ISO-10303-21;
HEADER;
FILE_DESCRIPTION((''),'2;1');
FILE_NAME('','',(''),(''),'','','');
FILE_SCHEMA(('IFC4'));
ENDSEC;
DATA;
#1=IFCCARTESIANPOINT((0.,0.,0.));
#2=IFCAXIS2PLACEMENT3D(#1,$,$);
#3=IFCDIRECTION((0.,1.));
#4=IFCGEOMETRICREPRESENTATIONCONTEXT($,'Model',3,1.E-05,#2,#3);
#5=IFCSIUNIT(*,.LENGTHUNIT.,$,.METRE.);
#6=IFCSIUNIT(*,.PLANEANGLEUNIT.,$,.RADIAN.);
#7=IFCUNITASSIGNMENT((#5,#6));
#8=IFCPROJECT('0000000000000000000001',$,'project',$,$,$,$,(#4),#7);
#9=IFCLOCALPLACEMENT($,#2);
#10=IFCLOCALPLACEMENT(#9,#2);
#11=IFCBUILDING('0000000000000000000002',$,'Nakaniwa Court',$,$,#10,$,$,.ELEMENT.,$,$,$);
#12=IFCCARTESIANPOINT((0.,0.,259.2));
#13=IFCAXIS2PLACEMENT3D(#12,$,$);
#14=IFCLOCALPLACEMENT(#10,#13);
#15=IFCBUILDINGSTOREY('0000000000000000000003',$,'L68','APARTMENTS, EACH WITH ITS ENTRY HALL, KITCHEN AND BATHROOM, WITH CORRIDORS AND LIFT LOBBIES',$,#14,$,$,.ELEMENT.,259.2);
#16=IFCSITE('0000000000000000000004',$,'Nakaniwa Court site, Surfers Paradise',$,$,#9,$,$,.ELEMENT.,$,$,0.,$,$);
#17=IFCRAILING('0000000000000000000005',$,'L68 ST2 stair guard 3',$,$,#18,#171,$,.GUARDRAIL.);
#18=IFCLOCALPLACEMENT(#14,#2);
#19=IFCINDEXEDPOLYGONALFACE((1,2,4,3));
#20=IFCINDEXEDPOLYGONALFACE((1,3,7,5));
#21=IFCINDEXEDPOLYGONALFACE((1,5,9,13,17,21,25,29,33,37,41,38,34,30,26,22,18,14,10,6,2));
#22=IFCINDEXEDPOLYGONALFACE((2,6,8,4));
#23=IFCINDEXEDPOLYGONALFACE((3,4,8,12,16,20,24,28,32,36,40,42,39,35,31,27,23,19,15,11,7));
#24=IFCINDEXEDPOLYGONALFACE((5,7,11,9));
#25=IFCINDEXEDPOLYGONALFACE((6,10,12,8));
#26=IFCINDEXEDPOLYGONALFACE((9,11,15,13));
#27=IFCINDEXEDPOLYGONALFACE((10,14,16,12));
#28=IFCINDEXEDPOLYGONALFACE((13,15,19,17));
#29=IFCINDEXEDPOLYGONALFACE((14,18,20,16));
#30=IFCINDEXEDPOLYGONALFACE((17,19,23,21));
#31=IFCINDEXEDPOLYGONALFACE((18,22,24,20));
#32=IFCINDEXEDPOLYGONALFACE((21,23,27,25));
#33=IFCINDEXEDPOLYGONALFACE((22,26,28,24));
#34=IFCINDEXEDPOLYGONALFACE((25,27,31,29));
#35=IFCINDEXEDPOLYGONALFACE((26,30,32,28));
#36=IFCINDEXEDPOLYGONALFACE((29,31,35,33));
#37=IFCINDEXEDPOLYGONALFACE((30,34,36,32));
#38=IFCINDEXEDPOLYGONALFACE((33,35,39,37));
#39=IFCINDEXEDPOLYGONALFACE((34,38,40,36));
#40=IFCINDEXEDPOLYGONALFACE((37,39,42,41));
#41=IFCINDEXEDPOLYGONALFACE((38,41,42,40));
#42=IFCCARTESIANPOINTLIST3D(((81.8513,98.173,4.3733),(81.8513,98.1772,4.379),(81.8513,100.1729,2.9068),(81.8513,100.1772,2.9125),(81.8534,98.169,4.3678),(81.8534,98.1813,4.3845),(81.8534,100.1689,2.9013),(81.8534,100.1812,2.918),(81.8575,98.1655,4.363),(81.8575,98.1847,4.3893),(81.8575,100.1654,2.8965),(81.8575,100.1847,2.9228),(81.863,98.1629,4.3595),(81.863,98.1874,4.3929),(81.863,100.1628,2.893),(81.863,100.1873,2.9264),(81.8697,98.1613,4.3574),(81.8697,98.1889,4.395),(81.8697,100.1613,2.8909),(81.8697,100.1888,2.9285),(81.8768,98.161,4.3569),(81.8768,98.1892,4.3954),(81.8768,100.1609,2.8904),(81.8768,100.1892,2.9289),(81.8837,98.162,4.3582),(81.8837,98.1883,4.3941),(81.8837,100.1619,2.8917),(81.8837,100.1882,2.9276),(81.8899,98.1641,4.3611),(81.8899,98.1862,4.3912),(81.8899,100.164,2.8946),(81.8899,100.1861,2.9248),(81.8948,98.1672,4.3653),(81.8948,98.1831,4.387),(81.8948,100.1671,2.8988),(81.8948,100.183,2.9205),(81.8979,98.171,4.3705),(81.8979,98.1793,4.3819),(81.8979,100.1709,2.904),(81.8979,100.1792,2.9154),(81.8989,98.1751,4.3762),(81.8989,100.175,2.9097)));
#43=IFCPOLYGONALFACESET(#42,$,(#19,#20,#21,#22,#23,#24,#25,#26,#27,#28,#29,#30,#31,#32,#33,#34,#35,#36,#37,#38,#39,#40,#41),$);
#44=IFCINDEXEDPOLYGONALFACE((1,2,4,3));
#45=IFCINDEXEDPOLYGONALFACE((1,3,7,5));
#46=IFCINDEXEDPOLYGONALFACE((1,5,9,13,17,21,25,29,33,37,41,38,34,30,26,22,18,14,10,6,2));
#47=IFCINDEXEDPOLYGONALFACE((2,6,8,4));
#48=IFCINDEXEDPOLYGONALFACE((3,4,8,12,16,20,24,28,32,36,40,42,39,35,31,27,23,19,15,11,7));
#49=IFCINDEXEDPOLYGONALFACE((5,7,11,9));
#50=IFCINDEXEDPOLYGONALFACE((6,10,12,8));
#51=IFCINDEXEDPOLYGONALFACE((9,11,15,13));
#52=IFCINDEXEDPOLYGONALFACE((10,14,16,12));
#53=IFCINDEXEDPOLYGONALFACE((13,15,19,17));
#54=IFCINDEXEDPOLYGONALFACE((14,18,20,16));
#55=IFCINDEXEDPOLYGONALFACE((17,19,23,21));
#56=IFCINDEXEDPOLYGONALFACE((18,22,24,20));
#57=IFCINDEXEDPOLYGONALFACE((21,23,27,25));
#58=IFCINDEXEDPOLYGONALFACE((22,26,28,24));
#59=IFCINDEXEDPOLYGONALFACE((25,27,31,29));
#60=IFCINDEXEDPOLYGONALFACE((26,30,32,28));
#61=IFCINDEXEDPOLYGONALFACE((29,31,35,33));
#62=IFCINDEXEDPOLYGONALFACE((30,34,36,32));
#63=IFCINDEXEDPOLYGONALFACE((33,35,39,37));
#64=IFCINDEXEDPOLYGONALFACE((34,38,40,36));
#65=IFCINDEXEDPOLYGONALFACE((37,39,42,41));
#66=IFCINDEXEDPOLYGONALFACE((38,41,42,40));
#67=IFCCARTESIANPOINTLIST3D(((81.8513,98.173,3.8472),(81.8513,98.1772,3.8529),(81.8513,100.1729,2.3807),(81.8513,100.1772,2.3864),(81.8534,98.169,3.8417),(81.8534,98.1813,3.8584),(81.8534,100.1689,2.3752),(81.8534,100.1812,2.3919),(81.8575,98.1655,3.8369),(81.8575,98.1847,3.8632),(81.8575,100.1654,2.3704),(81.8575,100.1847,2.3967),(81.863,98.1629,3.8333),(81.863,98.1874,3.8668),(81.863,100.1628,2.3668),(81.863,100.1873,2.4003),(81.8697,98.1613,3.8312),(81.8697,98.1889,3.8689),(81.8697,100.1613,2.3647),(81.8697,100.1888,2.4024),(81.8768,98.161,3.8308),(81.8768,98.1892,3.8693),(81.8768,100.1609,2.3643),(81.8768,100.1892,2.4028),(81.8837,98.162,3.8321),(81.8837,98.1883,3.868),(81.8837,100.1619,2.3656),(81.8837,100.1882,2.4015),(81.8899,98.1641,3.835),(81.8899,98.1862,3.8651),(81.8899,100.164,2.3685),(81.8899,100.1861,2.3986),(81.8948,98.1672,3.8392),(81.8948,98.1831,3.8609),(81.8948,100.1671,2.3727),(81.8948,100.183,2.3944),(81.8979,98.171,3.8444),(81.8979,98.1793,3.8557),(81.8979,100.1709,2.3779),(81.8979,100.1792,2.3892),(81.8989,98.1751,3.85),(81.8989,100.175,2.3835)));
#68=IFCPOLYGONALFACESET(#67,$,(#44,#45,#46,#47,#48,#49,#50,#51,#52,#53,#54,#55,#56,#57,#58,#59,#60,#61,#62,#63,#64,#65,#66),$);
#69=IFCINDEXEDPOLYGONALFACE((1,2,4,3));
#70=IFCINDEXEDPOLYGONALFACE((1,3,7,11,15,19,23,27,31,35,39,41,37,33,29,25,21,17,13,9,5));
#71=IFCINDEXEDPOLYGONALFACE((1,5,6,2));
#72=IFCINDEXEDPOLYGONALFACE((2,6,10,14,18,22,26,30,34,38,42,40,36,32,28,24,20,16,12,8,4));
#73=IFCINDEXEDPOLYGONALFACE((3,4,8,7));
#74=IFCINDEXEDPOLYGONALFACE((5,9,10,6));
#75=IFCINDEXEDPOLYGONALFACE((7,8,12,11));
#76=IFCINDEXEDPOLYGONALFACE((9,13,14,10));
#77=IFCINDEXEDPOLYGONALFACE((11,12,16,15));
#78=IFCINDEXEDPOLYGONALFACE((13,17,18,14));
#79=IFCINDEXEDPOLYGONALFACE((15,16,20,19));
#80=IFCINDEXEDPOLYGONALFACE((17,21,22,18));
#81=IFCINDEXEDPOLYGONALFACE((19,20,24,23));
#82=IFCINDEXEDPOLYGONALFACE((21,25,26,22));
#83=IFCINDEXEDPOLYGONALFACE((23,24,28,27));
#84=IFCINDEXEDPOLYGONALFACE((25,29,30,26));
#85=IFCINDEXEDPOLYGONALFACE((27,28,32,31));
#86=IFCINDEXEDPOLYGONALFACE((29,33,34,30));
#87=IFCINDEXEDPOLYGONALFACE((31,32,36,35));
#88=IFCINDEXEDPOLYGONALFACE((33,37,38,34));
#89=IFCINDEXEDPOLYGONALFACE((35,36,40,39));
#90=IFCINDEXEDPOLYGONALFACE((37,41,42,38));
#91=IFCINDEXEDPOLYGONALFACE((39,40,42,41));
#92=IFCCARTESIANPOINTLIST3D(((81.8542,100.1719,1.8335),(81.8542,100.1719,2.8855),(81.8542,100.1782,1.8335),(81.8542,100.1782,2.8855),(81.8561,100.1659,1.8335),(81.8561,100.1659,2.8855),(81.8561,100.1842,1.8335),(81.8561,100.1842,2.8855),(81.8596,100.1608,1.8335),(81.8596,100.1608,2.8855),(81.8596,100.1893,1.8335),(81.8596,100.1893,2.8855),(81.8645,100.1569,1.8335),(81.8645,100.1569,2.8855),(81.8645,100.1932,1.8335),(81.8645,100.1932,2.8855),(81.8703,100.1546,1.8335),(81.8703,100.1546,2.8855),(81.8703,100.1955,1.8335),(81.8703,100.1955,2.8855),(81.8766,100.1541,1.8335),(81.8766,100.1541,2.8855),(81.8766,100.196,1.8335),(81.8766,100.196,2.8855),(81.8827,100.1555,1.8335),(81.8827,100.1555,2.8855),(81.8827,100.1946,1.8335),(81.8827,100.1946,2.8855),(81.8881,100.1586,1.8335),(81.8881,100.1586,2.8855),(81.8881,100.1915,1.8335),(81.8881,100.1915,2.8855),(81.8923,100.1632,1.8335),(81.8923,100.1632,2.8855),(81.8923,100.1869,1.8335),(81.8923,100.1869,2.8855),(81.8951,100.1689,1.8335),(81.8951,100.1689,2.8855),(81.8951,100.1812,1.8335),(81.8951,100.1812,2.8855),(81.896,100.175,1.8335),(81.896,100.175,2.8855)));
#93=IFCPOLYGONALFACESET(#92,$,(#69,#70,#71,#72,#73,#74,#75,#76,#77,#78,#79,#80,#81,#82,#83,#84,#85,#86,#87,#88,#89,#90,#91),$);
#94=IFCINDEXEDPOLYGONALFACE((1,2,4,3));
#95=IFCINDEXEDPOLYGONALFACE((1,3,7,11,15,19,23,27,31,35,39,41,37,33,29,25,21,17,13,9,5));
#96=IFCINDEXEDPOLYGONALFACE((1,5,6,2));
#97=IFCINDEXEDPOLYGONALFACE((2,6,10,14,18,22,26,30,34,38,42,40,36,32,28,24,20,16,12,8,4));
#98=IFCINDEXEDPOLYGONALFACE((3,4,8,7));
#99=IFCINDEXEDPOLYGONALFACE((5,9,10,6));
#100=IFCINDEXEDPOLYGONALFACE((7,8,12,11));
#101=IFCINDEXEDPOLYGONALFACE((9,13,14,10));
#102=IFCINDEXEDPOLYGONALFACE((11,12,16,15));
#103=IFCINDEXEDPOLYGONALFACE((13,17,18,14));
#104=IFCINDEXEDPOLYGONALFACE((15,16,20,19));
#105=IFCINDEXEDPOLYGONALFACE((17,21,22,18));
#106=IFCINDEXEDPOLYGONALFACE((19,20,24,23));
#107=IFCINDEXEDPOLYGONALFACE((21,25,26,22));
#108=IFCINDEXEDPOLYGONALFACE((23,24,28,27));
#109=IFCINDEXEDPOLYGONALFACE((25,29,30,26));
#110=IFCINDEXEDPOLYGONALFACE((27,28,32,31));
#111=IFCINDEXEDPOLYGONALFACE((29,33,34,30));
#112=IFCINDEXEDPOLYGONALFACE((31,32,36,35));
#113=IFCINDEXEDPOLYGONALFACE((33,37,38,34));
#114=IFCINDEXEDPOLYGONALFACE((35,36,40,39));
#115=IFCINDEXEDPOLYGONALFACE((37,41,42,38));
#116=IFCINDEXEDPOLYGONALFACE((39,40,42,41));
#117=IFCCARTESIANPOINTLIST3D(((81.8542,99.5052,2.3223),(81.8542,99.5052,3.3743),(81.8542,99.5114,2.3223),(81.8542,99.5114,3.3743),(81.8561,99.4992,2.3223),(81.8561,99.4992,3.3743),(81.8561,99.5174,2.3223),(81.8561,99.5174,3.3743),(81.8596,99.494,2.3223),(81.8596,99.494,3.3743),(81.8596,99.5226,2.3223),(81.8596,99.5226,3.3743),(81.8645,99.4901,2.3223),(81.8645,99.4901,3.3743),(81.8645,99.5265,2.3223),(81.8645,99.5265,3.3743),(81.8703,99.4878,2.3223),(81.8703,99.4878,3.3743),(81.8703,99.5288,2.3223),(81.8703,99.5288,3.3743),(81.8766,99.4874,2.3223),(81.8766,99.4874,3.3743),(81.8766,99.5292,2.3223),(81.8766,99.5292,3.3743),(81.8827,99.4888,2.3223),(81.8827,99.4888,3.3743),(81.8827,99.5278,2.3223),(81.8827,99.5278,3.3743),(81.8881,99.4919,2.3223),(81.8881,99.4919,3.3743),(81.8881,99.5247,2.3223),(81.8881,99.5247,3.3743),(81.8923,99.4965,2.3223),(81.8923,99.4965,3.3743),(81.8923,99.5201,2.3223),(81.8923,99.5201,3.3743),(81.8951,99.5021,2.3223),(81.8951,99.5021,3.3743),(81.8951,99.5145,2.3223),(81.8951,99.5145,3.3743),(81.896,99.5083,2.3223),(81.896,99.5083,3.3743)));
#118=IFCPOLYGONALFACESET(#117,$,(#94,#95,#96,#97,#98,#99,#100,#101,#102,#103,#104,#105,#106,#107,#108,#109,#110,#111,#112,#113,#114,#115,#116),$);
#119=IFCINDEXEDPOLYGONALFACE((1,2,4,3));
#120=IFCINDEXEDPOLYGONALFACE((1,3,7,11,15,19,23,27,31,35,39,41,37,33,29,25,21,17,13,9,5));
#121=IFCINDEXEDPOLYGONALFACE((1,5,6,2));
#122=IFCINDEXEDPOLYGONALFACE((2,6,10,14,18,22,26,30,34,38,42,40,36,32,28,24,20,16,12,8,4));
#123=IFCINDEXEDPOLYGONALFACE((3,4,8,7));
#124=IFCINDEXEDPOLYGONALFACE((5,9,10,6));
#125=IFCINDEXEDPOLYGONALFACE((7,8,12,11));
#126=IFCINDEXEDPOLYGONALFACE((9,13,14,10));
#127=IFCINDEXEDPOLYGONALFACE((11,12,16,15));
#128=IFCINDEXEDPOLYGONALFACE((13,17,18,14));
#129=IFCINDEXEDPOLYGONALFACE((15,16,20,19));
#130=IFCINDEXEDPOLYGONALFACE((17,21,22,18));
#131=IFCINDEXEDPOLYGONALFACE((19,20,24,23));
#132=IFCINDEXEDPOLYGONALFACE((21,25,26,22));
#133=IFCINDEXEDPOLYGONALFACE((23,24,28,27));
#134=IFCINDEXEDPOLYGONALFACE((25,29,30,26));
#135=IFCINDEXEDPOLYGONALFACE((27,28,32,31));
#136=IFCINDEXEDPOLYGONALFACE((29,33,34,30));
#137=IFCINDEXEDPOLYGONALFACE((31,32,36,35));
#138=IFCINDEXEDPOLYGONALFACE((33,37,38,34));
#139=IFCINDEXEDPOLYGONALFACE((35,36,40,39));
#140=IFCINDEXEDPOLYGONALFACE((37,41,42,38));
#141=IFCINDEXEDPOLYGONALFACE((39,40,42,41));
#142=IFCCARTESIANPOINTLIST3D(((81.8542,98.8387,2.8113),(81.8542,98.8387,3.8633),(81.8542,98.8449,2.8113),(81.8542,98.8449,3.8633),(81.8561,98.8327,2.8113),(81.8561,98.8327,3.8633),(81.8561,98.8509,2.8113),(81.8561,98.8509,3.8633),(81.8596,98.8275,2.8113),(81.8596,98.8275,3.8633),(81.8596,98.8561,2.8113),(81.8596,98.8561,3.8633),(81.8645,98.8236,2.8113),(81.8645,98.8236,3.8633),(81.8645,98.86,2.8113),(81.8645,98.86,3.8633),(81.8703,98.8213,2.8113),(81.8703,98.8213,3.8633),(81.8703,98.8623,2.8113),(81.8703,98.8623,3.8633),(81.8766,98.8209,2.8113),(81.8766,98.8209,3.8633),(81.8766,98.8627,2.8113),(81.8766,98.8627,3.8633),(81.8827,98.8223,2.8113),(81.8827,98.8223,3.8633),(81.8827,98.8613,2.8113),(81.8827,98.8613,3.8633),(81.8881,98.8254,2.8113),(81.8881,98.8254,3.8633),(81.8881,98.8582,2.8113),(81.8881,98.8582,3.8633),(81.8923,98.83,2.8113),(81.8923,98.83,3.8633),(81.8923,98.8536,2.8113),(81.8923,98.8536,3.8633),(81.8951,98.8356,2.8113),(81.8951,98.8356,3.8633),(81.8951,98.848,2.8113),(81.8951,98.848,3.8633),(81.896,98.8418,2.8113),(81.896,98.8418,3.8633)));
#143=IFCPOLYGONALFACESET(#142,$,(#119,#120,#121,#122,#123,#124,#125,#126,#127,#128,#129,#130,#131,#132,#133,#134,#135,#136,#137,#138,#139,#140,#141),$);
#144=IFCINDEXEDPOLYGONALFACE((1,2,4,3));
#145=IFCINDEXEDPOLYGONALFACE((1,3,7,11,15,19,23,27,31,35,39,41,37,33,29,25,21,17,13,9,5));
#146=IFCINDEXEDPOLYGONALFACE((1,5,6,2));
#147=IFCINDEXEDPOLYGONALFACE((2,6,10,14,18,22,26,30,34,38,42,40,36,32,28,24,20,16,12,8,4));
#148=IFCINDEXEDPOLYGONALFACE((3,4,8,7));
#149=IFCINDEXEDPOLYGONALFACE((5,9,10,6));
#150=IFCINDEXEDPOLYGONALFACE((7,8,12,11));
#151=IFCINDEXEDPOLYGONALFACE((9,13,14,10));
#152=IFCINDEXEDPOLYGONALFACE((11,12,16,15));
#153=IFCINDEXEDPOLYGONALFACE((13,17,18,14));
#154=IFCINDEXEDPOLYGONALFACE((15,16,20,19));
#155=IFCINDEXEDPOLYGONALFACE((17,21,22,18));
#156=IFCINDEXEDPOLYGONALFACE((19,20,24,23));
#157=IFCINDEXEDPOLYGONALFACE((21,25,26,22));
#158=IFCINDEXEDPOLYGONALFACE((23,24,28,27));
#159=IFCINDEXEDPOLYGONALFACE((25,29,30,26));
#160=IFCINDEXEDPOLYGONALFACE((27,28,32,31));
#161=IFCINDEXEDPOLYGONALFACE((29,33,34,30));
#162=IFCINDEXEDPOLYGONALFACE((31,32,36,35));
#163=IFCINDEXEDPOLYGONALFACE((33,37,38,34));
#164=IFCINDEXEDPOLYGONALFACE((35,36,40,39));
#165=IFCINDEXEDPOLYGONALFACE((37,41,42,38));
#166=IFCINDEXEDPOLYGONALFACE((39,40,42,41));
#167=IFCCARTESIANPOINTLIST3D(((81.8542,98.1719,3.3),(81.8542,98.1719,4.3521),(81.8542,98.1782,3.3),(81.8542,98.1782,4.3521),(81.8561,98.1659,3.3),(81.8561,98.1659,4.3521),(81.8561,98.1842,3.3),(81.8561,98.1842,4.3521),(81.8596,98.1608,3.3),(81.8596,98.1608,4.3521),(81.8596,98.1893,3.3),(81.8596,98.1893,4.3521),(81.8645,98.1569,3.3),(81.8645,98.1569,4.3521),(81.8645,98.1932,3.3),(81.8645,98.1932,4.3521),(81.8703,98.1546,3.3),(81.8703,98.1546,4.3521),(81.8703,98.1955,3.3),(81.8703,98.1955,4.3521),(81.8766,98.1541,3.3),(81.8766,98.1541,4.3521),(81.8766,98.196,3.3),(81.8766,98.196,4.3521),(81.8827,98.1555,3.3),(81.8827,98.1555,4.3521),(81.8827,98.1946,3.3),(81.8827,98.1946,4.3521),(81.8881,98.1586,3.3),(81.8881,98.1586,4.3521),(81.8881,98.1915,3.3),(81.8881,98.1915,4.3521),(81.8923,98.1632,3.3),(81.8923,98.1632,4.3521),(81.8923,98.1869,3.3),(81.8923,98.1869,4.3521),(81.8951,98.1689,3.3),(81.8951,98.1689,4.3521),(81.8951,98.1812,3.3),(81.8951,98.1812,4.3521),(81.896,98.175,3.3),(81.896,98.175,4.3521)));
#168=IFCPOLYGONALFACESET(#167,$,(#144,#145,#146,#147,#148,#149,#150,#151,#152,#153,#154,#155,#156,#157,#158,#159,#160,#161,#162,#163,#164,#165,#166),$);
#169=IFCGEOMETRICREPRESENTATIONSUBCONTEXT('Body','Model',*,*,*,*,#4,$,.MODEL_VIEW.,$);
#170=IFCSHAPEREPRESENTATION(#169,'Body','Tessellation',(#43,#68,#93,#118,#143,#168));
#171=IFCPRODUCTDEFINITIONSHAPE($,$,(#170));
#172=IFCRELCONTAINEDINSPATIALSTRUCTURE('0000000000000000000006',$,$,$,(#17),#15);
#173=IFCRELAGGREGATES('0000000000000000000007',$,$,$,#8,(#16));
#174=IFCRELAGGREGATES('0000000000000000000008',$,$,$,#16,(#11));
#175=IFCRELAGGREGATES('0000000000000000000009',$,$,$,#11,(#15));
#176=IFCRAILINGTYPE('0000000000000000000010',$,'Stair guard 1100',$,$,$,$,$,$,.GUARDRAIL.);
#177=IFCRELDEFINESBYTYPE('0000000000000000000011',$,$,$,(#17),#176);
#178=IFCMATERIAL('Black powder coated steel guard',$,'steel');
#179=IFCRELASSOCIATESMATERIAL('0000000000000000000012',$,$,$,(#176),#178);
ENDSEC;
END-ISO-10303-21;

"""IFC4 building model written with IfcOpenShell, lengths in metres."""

from ifc_helpers import new_model, si_unit, direction, frame, origin, origin_2d, place, context, subcontext, project, spatial, circle, extrude, material, type_object, element, save


model = new_model("IFC4")

# Units and contexts
model_context = context("Model", 3, precision=1e-05, world=origin(), true_north=direction((0.0, 1.0)))
body_context = subcontext(model_context, "Body", "Model", "MODEL_VIEW")
ifc_project = project(units=[si_unit("LENGTHUNIT", "METRE"), si_unit("PLANEANGLEUNIT", "RADIAN")], contexts=[model_context])

# Site, building, storey
site_placement = place(None, origin())
site = spatial("IfcSite", under=ifc_project, at=site_placement, Name="Nakaniwa Court site, Surfers Paradise", CompositionType="ELEMENT", RefElevation=0.0)
building_placement = place(site_placement, origin())
building = spatial("IfcBuilding", under=site, at=building_placement, Name="Nakaniwa Court", CompositionType="ELEMENT")
storey_placement = place(building_placement, frame((0.0, 0.0, 259.2)))
storey = spatial("IfcBuildingStorey", under=building, at=storey_placement, Name="L68", Description="APARTMENTS, EACH WITH ITS ENTRY HALL, KITCHEN AND BATHROOM, WITH CORRIDORS AND LIFT LOBBIES", CompositionType="ELEMENT", Elevation=259.2)

# Railing
ifc_material_1 = material(Name="Black powder coated steel guard", Category="steel")
railing_type_1 = type_object("IfcRailingType", Name="Stair guard 1100", PredefinedType="GUARDRAIL", material=ifc_material_1)
railing_1_placement = place(storey_placement, frame((81.875, 100.175, 1.8335)))
element("IfcRailing", 1, at=railing_1_placement, inside=storey, type_object=railing_type_1, Name="L68 ST2 stair guard 3", PredefinedType="GUARDRAIL", context=body_context, shape_type="SweptSolid", body=[
    extrude(circle(Radius=0.0239, at=origin_2d()), frame((0.0, 0.0, 1.0762), z_axis=(0.0, -0.806427, 0.591334), x_axis=(1.0, 0.0, 0.0)), (0.0, 0.0, 1.0), 2.48),
    extrude(circle(Radius=0.0239, at=origin_2d()), frame((0.0, 0.0, 0.55), z_axis=(0.0, -0.806427, 0.591334), x_axis=(1.0, 0.0, 0.0)), (0.0, 0.0, 1.0), 2.48),
    extrude(circle(Radius=0.021, at=origin_2d()), origin(), (0.0, 0.0, 1.0), 1.052),
    extrude(circle(Radius=0.021, at=origin_2d()), frame((0.0, -0.6667, 0.4888)), (0.0, 0.0, 1.0), 1.052),
    extrude(circle(Radius=0.021, at=origin_2d()), frame((0.0, -1.3333, 0.9778)), (0.0, 0.0, 1.0), 1.052),
    extrude(circle(Radius=0.021, at=origin_2d()), frame((0.0, -2.0, 1.4666)), (0.0, 0.0, 1.0), 1.052),
])

save(model, "model.ifc")
